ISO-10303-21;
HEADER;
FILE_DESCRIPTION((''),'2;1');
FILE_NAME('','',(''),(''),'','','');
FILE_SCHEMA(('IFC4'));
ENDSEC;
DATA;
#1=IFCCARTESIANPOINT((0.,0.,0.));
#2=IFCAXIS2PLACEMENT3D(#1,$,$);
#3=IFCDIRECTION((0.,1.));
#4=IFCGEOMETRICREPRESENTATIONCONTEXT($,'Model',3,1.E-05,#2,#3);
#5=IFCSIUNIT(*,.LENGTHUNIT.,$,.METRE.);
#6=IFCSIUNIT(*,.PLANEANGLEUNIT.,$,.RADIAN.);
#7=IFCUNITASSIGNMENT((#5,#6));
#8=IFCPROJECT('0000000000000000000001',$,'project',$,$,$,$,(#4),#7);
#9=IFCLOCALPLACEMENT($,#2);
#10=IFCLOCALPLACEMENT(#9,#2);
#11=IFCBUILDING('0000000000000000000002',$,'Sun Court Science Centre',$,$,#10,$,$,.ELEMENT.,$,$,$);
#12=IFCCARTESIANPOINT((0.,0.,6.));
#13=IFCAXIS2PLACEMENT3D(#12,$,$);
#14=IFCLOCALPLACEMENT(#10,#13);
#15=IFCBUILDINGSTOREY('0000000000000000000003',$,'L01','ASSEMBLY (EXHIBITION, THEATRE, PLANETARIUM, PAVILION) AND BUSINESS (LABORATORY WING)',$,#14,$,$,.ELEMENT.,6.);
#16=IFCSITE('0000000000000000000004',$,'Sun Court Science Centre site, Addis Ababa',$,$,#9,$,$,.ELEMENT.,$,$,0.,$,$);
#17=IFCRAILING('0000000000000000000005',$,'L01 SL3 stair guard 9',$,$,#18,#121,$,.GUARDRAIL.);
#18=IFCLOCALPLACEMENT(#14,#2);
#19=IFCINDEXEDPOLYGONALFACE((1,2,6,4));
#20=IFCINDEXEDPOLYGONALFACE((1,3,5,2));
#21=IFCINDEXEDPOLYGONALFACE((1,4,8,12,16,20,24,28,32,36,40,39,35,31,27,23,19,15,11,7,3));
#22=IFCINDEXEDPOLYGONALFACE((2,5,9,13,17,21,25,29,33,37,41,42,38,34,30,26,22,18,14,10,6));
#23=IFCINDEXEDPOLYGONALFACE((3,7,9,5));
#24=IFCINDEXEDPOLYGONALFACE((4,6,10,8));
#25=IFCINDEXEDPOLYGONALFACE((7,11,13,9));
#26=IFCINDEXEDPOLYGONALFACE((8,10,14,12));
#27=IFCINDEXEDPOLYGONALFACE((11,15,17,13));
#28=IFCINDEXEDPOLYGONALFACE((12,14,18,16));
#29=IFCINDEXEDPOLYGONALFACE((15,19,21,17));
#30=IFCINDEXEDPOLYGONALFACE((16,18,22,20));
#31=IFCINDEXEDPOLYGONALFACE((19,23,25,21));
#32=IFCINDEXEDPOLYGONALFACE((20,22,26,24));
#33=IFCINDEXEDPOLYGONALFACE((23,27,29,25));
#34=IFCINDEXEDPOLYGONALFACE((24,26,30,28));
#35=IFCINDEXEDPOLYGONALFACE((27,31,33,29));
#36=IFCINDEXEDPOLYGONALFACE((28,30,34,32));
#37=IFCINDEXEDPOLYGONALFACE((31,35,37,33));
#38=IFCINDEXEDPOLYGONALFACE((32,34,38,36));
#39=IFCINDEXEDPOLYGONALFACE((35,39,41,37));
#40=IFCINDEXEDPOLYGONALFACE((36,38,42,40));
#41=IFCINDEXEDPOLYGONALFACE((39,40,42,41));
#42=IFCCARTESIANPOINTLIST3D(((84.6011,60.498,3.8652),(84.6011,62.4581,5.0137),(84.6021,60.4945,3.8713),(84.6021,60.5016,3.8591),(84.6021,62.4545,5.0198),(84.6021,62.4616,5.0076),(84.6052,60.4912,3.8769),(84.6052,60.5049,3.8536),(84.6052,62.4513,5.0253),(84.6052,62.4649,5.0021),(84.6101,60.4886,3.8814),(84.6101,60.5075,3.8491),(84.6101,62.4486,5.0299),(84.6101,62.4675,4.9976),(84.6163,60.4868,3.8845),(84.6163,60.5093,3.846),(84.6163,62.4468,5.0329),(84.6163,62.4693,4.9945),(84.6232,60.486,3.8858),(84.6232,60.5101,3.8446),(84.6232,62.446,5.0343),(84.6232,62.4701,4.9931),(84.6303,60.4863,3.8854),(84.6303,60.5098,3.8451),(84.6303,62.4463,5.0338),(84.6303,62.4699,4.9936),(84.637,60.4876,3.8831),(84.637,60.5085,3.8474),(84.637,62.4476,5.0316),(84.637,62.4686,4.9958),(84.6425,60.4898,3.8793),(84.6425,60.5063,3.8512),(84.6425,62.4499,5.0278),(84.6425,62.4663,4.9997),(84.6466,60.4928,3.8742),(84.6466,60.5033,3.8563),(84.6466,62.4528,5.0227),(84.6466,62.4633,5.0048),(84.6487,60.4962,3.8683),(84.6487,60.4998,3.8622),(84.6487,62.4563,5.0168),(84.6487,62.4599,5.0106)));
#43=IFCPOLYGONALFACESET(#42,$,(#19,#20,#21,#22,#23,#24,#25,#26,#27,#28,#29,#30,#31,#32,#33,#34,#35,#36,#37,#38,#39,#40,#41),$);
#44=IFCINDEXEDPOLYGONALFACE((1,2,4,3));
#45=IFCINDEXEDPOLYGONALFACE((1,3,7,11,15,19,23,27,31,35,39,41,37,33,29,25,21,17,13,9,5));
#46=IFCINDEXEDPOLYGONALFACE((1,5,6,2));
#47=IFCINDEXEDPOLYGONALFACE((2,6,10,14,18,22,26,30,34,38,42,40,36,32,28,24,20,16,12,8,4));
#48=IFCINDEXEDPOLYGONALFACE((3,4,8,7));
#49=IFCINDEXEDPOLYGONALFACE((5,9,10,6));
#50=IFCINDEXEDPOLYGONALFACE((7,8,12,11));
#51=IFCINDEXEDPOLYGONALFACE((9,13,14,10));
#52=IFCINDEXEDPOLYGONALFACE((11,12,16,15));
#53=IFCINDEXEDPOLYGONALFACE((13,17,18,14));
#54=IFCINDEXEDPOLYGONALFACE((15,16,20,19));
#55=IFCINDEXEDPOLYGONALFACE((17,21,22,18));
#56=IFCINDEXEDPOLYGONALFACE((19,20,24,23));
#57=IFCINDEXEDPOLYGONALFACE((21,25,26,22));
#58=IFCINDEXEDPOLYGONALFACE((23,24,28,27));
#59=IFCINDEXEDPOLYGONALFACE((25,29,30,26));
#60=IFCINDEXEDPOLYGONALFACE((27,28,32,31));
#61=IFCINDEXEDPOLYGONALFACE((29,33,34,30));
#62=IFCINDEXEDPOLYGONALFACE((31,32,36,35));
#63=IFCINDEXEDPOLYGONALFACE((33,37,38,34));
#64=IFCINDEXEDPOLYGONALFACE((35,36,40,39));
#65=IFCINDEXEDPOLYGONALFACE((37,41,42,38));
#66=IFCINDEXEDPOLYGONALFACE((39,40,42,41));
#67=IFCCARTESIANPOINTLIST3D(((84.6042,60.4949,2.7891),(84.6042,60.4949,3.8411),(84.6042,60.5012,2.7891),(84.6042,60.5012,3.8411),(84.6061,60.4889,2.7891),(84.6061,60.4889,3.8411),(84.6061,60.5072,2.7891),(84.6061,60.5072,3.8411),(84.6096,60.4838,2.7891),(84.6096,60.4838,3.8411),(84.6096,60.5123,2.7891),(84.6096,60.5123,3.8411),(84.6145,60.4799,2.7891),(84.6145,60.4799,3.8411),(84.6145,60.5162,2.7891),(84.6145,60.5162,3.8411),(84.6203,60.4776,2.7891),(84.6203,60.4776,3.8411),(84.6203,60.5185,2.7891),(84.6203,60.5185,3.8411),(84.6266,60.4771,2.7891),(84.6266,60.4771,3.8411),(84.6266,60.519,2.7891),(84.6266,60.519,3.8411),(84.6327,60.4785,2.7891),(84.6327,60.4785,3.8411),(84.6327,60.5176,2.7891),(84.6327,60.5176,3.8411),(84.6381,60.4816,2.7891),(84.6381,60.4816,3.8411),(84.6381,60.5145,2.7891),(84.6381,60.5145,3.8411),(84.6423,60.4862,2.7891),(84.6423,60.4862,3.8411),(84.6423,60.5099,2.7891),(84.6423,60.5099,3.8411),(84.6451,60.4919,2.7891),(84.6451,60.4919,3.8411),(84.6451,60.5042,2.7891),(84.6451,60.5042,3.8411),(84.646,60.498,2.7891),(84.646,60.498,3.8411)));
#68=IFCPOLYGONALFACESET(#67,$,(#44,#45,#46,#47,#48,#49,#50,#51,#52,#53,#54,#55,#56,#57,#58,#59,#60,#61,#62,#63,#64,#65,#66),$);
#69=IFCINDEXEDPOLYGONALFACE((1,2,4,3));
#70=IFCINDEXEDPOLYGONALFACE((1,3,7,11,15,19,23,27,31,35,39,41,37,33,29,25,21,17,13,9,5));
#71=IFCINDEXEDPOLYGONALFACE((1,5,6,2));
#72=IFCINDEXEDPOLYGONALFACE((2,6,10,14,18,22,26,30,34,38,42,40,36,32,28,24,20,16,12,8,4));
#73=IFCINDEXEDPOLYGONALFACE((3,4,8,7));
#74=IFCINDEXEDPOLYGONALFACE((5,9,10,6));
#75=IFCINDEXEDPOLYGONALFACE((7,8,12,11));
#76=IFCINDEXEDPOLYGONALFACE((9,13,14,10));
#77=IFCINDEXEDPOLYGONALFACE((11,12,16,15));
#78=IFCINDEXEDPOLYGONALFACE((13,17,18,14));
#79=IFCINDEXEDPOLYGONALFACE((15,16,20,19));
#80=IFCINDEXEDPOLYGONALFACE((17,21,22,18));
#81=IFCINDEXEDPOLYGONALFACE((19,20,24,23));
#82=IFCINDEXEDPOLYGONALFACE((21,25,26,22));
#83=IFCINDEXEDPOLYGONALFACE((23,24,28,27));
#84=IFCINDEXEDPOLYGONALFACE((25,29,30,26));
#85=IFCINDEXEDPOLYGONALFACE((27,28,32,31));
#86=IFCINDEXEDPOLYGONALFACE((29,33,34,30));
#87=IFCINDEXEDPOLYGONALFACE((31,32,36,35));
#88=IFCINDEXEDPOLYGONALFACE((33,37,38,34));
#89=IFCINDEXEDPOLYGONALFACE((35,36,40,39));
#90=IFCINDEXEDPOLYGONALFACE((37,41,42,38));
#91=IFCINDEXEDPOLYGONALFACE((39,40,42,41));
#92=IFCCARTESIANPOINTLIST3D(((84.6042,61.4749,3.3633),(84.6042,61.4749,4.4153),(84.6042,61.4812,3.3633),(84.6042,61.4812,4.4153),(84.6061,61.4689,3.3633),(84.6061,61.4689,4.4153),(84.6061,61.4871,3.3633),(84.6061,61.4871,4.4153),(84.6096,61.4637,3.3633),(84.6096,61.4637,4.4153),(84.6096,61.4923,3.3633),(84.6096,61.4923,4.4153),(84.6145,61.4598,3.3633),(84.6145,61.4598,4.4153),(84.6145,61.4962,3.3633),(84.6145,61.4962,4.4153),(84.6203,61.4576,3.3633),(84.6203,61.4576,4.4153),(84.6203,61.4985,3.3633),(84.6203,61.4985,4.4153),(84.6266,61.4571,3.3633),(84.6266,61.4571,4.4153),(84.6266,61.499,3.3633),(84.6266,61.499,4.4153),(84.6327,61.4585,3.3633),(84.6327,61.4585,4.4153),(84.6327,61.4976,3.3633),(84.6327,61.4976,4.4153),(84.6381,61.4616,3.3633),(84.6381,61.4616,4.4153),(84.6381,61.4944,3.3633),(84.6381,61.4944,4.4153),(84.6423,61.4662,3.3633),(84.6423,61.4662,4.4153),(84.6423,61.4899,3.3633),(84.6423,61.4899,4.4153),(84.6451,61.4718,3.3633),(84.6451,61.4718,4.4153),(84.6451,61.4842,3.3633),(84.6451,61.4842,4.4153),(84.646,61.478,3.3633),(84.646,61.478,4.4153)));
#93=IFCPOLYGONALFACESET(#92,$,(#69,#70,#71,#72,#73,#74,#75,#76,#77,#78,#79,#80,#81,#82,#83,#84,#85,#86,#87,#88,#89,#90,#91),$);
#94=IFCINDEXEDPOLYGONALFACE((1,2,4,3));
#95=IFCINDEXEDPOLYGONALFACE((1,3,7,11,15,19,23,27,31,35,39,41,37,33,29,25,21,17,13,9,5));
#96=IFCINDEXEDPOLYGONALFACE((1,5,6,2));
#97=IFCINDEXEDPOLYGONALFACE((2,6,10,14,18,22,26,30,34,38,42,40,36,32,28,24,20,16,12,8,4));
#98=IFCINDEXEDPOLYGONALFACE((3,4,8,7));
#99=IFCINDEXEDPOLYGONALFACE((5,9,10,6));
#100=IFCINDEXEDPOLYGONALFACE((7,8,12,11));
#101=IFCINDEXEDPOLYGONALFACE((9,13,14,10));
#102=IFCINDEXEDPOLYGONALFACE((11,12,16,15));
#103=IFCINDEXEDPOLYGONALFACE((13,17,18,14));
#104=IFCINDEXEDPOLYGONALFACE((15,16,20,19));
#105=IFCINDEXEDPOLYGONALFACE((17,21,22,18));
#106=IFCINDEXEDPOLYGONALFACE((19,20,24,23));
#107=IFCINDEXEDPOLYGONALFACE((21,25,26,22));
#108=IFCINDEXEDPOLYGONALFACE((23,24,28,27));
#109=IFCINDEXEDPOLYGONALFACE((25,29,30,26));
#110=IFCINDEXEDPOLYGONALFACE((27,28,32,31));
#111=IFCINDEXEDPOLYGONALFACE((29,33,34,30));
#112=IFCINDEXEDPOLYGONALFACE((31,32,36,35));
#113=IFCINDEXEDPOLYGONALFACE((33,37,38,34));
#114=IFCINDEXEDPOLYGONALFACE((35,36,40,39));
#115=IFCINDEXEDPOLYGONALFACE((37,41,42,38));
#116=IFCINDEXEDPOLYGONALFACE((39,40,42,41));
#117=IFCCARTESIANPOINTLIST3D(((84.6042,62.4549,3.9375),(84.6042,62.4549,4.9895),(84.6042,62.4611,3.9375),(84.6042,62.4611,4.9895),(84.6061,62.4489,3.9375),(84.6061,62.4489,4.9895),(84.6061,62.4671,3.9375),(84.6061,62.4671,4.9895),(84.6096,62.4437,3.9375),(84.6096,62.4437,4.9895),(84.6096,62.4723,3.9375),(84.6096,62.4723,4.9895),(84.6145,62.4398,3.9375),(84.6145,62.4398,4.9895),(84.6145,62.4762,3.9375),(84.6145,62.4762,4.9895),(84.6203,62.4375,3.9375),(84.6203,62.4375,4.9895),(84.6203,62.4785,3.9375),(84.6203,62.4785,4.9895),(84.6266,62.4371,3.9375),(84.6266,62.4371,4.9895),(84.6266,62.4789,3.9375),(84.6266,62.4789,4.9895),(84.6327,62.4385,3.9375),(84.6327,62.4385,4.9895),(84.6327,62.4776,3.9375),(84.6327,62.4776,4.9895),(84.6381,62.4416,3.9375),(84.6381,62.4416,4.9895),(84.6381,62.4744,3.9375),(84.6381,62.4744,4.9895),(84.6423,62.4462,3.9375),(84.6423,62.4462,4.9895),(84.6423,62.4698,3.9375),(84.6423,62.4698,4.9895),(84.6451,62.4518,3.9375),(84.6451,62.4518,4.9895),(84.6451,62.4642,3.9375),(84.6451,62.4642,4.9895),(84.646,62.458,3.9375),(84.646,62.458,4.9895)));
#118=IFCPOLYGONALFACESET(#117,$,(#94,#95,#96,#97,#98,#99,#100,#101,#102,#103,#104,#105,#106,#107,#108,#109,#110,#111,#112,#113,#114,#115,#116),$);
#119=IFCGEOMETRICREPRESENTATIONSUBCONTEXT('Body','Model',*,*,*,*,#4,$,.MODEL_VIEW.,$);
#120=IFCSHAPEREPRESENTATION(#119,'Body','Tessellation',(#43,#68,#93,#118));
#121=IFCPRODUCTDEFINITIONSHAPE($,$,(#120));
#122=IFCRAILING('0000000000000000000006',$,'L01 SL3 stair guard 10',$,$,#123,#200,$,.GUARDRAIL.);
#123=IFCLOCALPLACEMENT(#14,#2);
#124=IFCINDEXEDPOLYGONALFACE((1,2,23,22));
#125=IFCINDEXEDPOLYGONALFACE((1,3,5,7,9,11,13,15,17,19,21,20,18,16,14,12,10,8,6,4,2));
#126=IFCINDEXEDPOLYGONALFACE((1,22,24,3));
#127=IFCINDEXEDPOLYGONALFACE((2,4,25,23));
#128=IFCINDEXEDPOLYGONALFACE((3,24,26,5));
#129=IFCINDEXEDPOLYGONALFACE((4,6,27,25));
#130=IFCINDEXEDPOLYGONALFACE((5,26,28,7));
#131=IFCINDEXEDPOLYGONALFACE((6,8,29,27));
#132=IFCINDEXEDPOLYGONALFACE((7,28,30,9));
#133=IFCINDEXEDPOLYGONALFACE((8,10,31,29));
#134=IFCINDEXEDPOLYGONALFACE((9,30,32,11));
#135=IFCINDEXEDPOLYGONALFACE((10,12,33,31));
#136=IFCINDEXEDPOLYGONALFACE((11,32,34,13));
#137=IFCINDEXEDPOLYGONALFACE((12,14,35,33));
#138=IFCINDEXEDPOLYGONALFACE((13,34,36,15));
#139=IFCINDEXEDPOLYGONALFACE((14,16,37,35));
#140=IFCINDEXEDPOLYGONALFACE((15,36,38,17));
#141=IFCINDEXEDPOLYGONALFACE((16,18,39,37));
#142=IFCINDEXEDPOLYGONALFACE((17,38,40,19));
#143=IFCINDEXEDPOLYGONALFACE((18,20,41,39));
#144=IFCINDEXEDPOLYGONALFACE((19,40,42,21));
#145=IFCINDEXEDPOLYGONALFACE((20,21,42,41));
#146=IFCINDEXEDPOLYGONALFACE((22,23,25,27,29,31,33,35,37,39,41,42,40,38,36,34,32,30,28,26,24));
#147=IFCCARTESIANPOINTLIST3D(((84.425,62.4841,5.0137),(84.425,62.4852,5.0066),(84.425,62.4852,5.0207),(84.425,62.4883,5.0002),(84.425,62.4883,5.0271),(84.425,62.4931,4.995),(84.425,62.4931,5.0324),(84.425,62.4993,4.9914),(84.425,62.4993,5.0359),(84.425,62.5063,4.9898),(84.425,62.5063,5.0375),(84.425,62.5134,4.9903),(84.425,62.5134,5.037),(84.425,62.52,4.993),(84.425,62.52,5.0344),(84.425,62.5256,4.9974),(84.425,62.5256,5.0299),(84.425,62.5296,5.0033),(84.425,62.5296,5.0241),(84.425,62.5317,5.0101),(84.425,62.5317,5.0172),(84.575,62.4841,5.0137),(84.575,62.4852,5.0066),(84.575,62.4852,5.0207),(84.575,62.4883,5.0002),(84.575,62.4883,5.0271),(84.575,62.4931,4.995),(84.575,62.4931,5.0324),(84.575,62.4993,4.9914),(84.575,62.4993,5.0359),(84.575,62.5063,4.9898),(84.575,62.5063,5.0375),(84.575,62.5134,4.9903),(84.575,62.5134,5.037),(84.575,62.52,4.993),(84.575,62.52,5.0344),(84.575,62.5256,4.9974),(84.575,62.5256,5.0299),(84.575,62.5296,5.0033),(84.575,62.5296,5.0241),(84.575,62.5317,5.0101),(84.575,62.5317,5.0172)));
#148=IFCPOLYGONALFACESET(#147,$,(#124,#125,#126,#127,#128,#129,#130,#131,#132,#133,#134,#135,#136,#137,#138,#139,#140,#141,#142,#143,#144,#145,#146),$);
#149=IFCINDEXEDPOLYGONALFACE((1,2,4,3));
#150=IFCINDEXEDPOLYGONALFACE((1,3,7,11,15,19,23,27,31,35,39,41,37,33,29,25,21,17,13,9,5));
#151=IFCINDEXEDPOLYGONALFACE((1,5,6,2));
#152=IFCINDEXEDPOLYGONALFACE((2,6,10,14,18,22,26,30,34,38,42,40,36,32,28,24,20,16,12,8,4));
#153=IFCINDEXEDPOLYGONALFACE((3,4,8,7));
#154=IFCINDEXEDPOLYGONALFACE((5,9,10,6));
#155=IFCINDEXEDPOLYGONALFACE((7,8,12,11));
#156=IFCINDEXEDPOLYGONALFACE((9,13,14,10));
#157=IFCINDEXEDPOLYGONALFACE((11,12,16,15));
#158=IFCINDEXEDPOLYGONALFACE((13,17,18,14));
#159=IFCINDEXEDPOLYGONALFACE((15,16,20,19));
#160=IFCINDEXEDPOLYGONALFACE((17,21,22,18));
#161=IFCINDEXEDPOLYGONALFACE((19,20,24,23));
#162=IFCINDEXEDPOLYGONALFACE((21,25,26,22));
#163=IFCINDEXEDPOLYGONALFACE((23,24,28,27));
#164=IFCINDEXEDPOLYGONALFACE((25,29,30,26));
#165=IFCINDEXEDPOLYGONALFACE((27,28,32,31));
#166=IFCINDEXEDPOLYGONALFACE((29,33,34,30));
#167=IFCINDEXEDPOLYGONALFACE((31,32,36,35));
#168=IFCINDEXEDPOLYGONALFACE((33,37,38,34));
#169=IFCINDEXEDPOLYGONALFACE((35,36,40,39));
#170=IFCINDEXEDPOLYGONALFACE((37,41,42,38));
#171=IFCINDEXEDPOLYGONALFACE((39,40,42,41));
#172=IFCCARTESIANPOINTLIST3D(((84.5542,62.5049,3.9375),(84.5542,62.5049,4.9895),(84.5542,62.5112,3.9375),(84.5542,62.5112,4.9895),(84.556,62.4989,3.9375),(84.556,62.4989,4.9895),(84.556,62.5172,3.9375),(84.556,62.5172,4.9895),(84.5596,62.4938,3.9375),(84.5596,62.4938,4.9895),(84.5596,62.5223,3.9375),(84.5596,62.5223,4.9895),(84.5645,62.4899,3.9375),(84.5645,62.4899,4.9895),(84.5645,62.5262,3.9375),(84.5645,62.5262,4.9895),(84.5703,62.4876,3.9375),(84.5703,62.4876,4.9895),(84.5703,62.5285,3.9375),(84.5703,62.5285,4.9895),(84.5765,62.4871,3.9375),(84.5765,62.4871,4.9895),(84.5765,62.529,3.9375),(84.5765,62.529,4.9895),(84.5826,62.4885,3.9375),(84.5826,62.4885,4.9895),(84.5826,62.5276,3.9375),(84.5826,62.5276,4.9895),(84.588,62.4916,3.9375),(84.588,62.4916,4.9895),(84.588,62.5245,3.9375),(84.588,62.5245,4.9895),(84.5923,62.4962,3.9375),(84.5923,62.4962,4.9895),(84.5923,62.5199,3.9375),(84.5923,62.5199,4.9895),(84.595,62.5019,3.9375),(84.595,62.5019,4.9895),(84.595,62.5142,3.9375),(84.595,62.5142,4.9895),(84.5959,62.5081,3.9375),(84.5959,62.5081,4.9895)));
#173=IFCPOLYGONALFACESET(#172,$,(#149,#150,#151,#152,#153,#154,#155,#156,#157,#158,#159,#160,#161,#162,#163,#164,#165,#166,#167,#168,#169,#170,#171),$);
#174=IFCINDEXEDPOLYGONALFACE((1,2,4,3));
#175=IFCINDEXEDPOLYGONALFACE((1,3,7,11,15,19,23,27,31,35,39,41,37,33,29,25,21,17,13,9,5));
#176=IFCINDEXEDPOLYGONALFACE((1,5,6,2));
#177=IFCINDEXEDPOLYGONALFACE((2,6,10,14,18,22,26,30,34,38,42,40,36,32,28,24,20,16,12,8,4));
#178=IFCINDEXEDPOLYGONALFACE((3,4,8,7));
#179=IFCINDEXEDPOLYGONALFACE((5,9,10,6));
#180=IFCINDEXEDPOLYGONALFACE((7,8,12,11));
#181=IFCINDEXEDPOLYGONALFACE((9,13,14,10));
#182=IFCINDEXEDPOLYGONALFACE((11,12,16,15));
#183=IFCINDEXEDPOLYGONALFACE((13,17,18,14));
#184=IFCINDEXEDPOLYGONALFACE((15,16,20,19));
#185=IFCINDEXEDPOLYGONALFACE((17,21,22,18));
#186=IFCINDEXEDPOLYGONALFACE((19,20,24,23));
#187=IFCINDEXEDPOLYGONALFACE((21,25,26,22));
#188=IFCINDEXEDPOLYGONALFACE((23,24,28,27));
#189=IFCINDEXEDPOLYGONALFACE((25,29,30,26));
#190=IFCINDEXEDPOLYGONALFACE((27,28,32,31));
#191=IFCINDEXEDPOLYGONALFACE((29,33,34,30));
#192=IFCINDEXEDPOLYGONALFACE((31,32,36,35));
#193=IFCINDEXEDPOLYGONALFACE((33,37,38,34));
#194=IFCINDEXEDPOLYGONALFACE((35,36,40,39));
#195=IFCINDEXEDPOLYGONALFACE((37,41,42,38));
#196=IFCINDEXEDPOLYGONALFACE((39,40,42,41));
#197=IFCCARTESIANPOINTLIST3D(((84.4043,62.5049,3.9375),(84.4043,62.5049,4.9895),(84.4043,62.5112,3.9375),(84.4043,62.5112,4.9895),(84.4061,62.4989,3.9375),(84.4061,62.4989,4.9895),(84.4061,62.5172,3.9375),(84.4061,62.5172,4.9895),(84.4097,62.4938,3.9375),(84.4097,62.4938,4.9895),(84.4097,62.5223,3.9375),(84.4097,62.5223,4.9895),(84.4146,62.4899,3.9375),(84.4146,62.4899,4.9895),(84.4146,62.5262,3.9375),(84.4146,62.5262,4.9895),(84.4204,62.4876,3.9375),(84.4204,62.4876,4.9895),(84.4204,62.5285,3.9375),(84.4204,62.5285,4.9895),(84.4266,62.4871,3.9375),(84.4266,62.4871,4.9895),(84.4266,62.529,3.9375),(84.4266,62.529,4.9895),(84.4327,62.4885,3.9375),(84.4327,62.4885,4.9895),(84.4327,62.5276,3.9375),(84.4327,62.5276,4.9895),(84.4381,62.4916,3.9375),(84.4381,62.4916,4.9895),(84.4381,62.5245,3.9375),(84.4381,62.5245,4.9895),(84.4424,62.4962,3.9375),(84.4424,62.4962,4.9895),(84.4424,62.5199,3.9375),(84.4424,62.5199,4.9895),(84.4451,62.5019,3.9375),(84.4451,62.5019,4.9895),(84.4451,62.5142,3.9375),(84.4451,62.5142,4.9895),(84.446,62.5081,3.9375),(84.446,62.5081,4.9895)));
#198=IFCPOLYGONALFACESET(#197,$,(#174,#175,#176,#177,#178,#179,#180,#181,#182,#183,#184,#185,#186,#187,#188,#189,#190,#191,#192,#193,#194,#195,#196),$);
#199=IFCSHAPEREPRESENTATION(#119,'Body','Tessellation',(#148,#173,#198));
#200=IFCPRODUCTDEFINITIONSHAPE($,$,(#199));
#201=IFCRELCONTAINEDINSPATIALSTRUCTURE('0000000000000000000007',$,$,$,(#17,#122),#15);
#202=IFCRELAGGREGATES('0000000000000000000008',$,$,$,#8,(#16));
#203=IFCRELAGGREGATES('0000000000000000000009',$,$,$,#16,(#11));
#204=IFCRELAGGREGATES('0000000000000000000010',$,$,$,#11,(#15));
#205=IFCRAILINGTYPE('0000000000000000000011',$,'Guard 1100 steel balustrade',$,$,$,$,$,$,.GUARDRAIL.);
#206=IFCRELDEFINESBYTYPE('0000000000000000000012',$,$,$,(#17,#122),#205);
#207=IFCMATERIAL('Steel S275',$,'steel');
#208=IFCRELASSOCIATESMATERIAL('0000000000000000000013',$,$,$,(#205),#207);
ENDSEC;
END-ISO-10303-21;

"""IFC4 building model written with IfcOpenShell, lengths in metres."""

from ifc_helpers import new_model, si_unit, direction, frame, origin, origin_2d, place, context, subcontext, project, spatial, circle, extrude, material, type_object, element, save


model = new_model("IFC4")

# Units and contexts
model_context = context("Model", 3, precision=1e-05, world=origin(), true_north=direction((0.0, 1.0)))
body_context = subcontext(model_context, "Body", "Model", "MODEL_VIEW")
ifc_project = project(units=[si_unit("LENGTHUNIT", "METRE"), si_unit("PLANEANGLEUNIT", "RADIAN")], contexts=[model_context])

# Site, building, storey
site_placement = place(None, origin())
site = spatial("IfcSite", under=ifc_project, at=site_placement, Name="Sun Court Science Centre site, Addis Ababa", CompositionType="ELEMENT", RefElevation=0.0)
building_placement = place(site_placement, origin())
building = spatial("IfcBuilding", under=site, at=building_placement, Name="Sun Court Science Centre", CompositionType="ELEMENT")
storey_placement = place(building_placement, frame((0.0, 0.0, 6.0)))
storey = spatial("IfcBuildingStorey", under=building, at=storey_placement, Name="L01", Description="ASSEMBLY (EXHIBITION, THEATRE, PLANETARIUM, PAVILION) AND BUSINESS (LABORATORY WING)", CompositionType="ELEMENT", Elevation=6.0)

# Railings
ifc_material_1 = material(Name="Steel S275", Category="steel")
railing_type_1 = type_object("IfcRailingType", Name="Guard 1100 steel balustrade", PredefinedType="GUARDRAIL", material=ifc_material_1)
railing_1_placement = place(storey_placement, frame((84.625, 60.498, 2.7891)))
element("IfcRailing", 1, at=railing_1_placement, inside=storey, type_object=railing_type_1, Name="L01 SL3 stair guard 9", PredefinedType="GUARDRAIL", context=body_context, shape_type="SweptSolid", body=[
    extrude(circle(Radius=0.0239, at=origin_2d()), frame((0.0, 0.0, 1.0762), z_axis=(0.0, 0.862795, 0.505554), x_axis=(-1.0, 0.0, 0.0)), (0.0, 0.0, 1.0), 2.2717),
    extrude(circle(Radius=0.021, at=origin_2d()), origin(), (0.0, 0.0, 1.0), 1.052),
    extrude(circle(Radius=0.021, at=origin_2d()), frame((0.0, 0.98, 0.5742)), (0.0, 0.0, 1.0), 1.052),
    extrude(circle(Radius=0.021, at=origin_2d()), frame((0.0, 1.96, 1.1484)), (0.0, 0.0, 1.0), 1.052),
])
railing_2_placement = place(storey_placement, frame((84.575, 62.5081, 3.9375)))
element("IfcRailing", 2, at=railing_2_placement, inside=storey, type_object=railing_type_1, Name="L01 SL3 stair guard 10", PredefinedType="GUARDRAIL", context=body_context, shape_type="SweptSolid", body=[
    extrude(circle(Radius=0.0239, at=origin_2d()), frame((0.0, 0.0, 1.0762), z_axis=(-1.0, 0.0, 0.0), x_axis=(0.0, -1.0, 0.0)), (0.0, 0.0, 1.0), 0.1499),
    extrude(circle(Radius=0.021, at=origin_2d()), origin(), (0.0, 0.0, 1.0), 1.052),
    extrude(circle(Radius=0.021, at=origin_2d()), frame((-0.1499, 0.0, 0.0)), (0.0, 0.0, 1.0), 1.052),
])

save(model, "model.ifc")
